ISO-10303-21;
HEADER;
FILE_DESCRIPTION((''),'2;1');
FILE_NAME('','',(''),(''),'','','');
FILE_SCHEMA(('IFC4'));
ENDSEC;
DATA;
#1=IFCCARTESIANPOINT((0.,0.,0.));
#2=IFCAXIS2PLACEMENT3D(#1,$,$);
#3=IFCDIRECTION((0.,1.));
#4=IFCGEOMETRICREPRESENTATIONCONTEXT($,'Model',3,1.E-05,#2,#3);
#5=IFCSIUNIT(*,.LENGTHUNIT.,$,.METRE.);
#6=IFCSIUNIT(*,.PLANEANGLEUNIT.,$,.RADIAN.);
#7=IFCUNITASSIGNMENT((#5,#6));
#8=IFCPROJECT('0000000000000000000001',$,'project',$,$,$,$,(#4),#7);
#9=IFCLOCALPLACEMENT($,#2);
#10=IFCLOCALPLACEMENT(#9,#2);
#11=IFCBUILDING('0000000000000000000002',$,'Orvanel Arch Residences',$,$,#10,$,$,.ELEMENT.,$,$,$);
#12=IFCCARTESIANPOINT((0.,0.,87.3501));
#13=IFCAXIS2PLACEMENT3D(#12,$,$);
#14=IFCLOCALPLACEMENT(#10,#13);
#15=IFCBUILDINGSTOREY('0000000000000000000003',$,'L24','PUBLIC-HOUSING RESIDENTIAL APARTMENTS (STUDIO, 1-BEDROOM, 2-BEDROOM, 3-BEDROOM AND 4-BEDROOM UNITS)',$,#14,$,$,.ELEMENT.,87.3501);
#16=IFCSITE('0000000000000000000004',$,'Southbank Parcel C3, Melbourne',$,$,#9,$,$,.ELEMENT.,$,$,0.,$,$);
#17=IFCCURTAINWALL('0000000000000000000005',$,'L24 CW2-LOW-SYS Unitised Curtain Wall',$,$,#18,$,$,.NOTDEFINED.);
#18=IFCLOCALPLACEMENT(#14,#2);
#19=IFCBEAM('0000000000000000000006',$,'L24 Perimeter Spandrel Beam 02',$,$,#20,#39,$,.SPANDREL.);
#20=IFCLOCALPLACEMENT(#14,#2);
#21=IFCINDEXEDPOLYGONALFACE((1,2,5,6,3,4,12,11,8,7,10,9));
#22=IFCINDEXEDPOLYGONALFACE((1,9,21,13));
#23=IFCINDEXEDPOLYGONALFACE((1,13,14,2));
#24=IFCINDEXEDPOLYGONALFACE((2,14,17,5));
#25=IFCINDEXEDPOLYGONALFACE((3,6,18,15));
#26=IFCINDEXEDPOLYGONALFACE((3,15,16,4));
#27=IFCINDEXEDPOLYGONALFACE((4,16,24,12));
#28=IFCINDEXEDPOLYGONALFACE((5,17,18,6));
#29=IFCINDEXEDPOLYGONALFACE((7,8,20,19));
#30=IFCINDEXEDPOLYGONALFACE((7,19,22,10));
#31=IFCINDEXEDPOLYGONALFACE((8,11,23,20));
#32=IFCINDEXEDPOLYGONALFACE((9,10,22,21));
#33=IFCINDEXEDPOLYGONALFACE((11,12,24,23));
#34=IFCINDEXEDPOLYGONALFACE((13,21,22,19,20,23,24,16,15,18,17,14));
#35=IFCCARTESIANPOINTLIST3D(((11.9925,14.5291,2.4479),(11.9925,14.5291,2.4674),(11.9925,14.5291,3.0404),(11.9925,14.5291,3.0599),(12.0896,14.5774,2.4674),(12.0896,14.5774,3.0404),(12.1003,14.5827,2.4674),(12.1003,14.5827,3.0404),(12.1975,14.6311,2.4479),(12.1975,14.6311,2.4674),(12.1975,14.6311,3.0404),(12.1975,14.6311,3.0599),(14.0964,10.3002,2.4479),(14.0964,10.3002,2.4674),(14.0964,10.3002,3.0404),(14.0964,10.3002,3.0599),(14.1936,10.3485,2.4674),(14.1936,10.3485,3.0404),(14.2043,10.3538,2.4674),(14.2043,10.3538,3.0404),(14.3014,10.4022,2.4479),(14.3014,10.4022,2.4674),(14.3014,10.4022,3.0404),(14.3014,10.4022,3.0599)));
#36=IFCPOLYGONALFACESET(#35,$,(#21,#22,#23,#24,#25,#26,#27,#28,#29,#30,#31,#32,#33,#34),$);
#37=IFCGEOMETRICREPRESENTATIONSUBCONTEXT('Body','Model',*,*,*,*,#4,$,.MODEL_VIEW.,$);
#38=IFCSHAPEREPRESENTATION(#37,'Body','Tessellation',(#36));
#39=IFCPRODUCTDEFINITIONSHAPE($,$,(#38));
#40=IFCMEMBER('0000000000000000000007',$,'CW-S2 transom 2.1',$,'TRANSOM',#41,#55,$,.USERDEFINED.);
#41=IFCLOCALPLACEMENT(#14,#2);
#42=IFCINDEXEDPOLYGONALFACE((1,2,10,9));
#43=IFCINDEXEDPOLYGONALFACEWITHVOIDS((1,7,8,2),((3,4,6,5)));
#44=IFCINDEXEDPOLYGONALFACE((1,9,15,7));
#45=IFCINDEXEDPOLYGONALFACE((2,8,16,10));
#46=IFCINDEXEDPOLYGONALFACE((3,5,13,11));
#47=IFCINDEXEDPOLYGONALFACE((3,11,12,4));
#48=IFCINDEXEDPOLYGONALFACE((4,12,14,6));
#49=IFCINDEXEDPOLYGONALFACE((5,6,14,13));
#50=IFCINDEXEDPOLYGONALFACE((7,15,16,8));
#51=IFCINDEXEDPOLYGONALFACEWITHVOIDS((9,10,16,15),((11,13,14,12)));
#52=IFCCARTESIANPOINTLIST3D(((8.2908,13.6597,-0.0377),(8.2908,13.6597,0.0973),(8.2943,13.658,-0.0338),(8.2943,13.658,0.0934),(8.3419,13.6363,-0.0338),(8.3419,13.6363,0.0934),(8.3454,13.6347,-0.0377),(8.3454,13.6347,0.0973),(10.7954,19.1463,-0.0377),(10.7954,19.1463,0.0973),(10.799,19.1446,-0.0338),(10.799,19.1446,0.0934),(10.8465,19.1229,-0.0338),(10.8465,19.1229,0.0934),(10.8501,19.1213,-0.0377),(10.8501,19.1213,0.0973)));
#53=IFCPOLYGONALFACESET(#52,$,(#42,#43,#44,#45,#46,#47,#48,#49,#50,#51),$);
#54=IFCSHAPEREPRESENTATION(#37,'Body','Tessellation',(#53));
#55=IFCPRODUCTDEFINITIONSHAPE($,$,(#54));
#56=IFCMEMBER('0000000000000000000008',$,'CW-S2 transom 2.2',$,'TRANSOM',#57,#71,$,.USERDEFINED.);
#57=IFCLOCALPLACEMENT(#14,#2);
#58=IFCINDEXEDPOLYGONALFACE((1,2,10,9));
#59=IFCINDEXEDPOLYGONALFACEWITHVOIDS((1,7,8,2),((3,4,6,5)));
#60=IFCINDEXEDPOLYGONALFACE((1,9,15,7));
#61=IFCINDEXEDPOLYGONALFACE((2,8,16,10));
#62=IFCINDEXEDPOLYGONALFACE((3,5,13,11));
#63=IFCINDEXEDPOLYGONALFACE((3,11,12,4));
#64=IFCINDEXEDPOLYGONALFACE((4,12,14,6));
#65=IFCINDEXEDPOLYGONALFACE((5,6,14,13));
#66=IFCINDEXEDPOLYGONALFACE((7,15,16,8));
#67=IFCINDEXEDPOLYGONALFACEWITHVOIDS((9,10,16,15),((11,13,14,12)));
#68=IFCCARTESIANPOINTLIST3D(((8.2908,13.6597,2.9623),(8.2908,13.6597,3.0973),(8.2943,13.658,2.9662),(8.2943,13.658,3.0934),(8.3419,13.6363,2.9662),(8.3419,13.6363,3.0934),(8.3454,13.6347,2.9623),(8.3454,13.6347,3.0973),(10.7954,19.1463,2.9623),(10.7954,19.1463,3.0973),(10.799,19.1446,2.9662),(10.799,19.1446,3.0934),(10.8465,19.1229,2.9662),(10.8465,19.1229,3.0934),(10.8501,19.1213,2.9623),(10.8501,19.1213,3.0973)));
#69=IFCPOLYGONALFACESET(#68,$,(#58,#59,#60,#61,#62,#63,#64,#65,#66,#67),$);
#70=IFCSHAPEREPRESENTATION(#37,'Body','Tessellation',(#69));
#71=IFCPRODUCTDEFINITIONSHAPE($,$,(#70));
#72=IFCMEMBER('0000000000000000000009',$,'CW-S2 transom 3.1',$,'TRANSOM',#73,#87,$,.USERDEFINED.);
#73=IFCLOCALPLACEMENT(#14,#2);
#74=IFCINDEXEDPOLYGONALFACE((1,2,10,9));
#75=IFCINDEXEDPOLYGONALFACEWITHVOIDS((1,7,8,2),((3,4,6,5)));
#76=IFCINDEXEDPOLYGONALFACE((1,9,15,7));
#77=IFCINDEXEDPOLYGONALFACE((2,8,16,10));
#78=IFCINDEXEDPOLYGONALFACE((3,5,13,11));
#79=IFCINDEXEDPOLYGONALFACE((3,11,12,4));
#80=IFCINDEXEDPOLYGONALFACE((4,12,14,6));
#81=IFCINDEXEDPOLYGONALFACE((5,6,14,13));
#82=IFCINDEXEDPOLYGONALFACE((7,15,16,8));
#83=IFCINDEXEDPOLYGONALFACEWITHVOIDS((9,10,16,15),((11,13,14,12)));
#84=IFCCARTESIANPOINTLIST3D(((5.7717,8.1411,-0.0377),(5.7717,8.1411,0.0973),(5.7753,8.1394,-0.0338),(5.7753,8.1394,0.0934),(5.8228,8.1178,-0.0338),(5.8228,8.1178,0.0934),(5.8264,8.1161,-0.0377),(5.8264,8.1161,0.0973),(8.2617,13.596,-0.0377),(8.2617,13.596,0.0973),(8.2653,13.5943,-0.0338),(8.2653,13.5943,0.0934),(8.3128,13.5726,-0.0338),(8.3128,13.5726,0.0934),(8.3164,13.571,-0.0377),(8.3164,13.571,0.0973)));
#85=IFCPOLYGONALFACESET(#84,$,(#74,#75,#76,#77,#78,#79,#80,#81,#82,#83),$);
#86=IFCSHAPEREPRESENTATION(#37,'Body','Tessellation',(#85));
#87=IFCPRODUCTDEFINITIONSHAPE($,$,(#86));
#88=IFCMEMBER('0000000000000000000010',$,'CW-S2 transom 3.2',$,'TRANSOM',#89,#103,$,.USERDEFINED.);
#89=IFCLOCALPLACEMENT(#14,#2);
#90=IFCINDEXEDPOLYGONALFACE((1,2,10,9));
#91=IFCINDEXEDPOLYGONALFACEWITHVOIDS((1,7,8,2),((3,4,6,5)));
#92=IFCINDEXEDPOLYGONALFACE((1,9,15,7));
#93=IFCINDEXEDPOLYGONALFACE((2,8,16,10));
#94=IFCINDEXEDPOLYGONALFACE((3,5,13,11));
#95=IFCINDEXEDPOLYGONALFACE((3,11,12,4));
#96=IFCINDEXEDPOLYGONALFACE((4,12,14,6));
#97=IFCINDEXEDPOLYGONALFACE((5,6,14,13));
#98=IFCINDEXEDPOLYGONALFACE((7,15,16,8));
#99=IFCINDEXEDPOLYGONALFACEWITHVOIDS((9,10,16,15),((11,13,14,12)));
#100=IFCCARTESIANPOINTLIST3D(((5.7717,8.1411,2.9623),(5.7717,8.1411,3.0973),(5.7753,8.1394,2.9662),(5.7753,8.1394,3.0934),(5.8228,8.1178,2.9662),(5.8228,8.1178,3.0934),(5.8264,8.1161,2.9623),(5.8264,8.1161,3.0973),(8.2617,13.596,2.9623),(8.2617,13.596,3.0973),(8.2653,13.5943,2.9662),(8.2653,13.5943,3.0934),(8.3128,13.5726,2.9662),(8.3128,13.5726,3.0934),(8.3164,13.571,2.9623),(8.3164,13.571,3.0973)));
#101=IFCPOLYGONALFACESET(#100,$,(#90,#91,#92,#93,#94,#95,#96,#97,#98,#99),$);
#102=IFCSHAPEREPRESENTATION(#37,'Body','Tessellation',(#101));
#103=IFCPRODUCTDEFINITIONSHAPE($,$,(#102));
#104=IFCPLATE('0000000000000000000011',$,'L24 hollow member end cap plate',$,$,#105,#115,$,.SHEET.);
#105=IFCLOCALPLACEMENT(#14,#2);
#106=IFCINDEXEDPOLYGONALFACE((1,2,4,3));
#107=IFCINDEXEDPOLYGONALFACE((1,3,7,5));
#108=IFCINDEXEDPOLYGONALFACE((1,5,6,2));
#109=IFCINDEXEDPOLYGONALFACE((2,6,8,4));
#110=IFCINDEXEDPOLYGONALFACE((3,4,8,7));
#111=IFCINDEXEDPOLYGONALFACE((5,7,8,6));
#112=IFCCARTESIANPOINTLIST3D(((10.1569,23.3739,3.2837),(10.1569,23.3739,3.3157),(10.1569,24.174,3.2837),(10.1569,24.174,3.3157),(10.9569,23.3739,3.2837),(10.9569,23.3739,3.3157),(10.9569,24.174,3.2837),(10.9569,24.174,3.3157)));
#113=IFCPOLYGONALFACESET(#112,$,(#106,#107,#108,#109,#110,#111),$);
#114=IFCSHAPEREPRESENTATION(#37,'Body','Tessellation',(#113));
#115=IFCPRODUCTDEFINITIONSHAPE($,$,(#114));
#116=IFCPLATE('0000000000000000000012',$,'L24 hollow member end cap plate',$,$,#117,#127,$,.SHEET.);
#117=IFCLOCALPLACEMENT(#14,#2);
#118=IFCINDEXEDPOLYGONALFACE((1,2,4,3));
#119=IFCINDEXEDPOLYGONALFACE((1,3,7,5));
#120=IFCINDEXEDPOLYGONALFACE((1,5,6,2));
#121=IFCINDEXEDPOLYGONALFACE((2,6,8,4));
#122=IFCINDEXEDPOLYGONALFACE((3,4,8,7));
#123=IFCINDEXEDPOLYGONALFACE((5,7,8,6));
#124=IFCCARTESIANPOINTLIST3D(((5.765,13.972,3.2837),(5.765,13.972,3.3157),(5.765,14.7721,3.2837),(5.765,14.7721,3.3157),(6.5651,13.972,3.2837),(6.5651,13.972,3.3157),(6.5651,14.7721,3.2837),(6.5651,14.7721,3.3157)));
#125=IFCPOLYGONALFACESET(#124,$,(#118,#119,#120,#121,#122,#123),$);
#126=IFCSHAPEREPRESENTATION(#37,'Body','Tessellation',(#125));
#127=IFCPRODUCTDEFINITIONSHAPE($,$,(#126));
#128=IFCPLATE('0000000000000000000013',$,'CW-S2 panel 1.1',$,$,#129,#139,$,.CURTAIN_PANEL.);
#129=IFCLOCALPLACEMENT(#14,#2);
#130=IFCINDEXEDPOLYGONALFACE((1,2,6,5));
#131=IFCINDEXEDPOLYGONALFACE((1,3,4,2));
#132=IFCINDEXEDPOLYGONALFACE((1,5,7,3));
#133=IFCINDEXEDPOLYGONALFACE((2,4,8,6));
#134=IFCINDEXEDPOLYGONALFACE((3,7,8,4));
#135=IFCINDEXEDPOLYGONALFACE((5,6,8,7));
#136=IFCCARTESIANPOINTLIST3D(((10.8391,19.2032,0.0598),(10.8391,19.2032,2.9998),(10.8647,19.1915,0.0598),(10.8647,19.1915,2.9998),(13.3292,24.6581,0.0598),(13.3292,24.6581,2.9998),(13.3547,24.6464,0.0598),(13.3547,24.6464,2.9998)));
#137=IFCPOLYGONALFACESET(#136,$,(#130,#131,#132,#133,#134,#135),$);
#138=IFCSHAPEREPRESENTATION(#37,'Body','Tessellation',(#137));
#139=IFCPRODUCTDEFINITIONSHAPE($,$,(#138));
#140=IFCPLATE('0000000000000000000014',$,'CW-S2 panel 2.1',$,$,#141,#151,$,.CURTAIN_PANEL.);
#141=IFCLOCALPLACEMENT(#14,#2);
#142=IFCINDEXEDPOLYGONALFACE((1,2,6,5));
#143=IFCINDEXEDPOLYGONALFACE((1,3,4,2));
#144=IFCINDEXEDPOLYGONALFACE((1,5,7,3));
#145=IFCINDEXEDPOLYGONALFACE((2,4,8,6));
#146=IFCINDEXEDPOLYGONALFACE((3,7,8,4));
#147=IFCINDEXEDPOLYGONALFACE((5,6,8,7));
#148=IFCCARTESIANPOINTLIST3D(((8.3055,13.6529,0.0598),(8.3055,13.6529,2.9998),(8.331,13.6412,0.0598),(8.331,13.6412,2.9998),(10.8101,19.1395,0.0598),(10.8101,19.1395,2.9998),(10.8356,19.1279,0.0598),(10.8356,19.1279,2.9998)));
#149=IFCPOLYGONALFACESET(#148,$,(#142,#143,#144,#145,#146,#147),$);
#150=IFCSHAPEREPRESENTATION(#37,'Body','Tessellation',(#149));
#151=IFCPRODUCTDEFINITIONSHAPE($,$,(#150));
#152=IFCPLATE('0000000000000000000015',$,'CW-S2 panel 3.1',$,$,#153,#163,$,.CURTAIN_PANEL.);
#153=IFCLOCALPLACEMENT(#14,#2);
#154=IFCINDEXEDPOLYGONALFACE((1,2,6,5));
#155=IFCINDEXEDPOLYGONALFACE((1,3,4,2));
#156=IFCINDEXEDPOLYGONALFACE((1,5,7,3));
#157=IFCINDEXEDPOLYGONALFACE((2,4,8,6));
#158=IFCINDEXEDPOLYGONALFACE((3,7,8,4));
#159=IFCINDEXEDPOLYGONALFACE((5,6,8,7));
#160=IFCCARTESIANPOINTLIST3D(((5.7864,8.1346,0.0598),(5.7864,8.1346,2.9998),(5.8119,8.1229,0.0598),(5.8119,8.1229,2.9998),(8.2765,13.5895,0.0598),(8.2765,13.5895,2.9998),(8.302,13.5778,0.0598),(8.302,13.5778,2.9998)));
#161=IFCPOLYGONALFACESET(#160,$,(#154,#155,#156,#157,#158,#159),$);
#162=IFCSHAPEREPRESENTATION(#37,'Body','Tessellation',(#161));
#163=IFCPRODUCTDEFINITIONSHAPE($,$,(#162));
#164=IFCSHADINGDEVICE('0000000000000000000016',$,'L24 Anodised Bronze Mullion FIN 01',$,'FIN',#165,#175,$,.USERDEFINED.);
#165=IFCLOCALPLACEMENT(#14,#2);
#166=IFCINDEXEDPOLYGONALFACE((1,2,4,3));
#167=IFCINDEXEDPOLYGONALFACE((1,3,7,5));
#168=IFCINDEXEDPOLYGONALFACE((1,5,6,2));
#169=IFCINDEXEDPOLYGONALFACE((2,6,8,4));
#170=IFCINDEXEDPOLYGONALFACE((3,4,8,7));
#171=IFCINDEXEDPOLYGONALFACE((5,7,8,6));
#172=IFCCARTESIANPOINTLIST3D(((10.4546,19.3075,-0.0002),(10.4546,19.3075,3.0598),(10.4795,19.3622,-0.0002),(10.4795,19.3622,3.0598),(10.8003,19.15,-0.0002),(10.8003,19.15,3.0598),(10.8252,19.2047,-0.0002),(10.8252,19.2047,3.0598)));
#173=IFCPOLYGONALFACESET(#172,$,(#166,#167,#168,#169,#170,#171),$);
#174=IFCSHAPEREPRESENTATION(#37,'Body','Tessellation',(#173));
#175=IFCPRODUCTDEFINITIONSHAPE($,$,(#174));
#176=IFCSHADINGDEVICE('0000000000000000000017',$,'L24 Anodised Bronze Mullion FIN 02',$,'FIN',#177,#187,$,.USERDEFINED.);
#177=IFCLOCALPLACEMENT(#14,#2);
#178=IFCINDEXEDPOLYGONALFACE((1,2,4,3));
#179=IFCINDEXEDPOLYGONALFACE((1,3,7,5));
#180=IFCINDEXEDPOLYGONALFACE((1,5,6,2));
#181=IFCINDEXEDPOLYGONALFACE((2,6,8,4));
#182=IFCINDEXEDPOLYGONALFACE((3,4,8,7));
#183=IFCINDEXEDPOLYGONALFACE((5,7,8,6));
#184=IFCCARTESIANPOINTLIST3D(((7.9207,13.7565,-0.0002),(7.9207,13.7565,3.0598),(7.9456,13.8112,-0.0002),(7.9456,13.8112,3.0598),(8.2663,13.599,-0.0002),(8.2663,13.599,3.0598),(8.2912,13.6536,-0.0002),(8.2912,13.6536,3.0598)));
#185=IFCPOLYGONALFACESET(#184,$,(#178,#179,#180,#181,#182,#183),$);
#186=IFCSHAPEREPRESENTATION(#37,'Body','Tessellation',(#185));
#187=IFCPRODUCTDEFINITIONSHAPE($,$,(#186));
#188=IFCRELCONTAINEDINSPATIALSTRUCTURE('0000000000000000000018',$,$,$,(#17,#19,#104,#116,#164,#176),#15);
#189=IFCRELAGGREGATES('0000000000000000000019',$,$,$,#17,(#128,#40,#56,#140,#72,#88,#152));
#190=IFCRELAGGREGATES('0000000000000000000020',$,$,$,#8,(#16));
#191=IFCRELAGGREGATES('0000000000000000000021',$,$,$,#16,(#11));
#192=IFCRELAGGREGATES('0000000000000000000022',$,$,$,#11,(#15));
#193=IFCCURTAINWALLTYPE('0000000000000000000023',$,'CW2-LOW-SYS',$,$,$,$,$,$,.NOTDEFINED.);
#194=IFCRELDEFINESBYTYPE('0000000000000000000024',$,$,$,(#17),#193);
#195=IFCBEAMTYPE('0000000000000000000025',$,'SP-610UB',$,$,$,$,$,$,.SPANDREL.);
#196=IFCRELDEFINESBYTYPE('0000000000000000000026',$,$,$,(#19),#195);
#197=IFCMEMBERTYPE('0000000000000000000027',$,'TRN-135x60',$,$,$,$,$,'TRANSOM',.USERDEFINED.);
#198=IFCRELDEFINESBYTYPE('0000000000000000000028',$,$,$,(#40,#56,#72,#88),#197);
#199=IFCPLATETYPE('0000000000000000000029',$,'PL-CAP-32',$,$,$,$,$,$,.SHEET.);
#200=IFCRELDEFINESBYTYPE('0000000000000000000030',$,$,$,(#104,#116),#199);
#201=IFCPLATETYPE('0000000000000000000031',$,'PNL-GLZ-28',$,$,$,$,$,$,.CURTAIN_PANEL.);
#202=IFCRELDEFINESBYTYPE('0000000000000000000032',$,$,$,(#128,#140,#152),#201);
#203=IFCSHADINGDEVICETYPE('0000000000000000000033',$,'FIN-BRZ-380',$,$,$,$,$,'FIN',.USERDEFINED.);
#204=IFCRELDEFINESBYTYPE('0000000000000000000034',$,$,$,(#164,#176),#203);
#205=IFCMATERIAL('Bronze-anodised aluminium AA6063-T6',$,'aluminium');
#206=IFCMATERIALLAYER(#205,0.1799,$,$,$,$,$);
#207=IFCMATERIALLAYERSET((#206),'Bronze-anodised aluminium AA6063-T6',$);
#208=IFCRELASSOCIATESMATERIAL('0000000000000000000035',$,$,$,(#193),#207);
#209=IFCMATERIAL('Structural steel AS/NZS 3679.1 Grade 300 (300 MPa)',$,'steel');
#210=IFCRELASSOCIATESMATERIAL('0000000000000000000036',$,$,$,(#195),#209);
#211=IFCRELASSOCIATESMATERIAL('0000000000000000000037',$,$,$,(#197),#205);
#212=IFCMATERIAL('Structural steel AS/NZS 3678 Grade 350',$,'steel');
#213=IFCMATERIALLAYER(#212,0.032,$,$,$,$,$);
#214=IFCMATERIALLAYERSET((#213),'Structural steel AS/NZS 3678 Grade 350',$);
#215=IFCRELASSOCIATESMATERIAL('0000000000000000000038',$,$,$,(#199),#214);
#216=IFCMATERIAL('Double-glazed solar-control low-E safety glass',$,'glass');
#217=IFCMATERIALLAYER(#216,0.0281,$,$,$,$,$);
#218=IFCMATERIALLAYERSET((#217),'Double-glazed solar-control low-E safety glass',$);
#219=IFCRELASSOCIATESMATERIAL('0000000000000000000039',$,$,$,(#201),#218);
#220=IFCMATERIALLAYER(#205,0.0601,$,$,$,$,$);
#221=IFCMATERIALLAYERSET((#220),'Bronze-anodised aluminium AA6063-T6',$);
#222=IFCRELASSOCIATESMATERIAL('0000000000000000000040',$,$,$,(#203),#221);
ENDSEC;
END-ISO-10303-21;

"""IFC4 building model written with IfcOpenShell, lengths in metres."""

from ifc_helpers import new_model, si_unit, direction, frame, origin, origin_2d, place, context, subcontext, project, spatial, rectangle, hollow_rectangle, i_section, extrude, material, layer, layer_set, material_profile, profile_set, type_object, element, aggregate, save


model = new_model("IFC4")

# Units and contexts
model_context = context("Model", 3, precision=1e-05, world=origin(), true_north=direction((0.0, 1.0)))
body_context = subcontext(model_context, "Body", "Model", "MODEL_VIEW")
ifc_project = project(units=[si_unit("LENGTHUNIT", "METRE"), si_unit("PLANEANGLEUNIT", "RADIAN")], contexts=[model_context])

# Site, building, storey
site_placement = place(None, origin())
site = spatial("IfcSite", under=ifc_project, at=site_placement, Name="Southbank Parcel C3, Melbourne", CompositionType="ELEMENT", RefElevation=0.0)
building_placement = place(site_placement, origin())
building = spatial("IfcBuilding", under=site, at=building_placement, Name="Orvanel Arch Residences", CompositionType="ELEMENT")
storey_placement = place(building_placement, frame((0.0, 0.0, 87.3501)))
storey = spatial("IfcBuildingStorey", under=building, at=storey_placement, Name="L24", Description="PUBLIC-HOUSING RESIDENTIAL APARTMENTS (STUDIO, 1-BEDROOM, 2-BEDROOM, 3-BEDROOM AND 4-BEDROOM UNITS)", CompositionType="ELEMENT", Elevation=87.3501)

# Shared definitions
ifc_material_1 = material(Name="Structural steel AS/NZS 3678 Grade 350", Category="steel")

# Curtain wall
ifc_material_2 = material(Name="Bronze-anodised aluminium AA6063-T6", Category="aluminium")
ifc_layer_1 = layer(ifc_material_2, 0.1799)
ifc_layer_set_1 = layer_set([ifc_layer_1], Name="Bronze-anodised aluminium AA6063-T6")
curtain_wall_type = type_object("IfcCurtainWallType", Name="CW2-LOW-SYS", PredefinedType="NOTDEFINED", material=ifc_layer_set_1)
curtain_wall_placement = place(storey_placement, origin())
curtain_wall = element("IfcCurtainWall", 1, at=curtain_wall_placement, inside=storey, type_object=curtain_wall_type, Name="L24 CW2-LOW-SYS Unitised Curtain Wall", PredefinedType="NOTDEFINED")

# Beam
ifc_material_3 = material(Name="Structural steel AS/NZS 3679.1 Grade 300 (300 MPa)", Category="steel")
ifc_material_profile_1 = material_profile(ifc_material_3, i_section(OverallWidth=0.229, OverallDepth=0.6121, WebThickness=0.012, FlangeThickness=0.0195, at=origin_2d()), Name="610UB125")
ifc_profile_set_1 = profile_set([ifc_material_profile_1], Name="Structural steel AS/NZS 3679.1 Grade 300 (300 MPa)")
beam_type_1 = type_object("IfcBeamType", Name="SP-610UB", PredefinedType="SPANDREL", material=ifc_profile_set_1)
beam_1_placement = place(storey_placement, frame((12.095, 14.5801, 2.7539), z_axis=(0.445435, -0.895314, 0.0), x_axis=(0.895314, 0.445435, 0.0)))
element("IfcBeam", 2, at=beam_1_placement, inside=storey, type_object=beam_type_1, Name="L24 Perimeter Spandrel Beam 02", PredefinedType="SPANDREL", context=body_context, shape_type="SweptSolid", body=[
    extrude(i_section(OverallWidth=0.229, OverallDepth=0.6121, WebThickness=0.012, FlangeThickness=0.0195, at=origin_2d()), origin(), (0.0, 0.0, 1.0), 4.7234),
])

# Members
ifc_material_profile_2 = material_profile(ifc_material_2, hollow_rectangle(XDim=0.0601, YDim=0.135, WallThickness=0.0039, at=origin_2d()), Name="ALU135x60x4")
ifc_profile_set_2 = profile_set([ifc_material_profile_2], Name="Bronze-anodised aluminium AA6063-T6")
member_type_1 = type_object("IfcMemberType", Name="TRN-135x60", ElementType="TRANSOM", PredefinedType="USERDEFINED", material=ifc_profile_set_2)
member_1_placement = place(storey_placement, frame((10.8228, 19.1338, 0.0298), z_axis=(-0.415279, -0.909694, 0.0), x_axis=(0.909694, -0.415279, 0.0)))
member_1 = element("IfcMember", 3, at=member_1_placement, type_object=member_type_1, Name="CW-S2 transom 2.1", ObjectType="TRANSOM", PredefinedType="USERDEFINED", context=body_context, shape_type="SweptSolid", body=[
    extrude(hollow_rectangle(XDim=0.0601, YDim=0.135, WallThickness=0.0039, at=origin_2d()), origin(), (0.0, 0.0, 1.0), 6.0312),
])
member_2_placement = place(storey_placement, frame((10.8228, 19.1338, 3.0298), z_axis=(-0.415279, -0.909694, 0.0), x_axis=(0.909694, -0.415279, 0.0)))
member_2 = element("IfcMember", 4, at=member_2_placement, type_object=member_type_1, Name="CW-S2 transom 2.2", ObjectType="TRANSOM", PredefinedType="USERDEFINED", context=body_context, shape_type="SweptSolid", body=[
    extrude(hollow_rectangle(XDim=0.0601, YDim=0.135, WallThickness=0.0039, at=origin_2d()), origin(), (0.0, 0.0, 1.0), 6.0312),
])
member_3_placement = place(storey_placement, frame((8.2891, 13.5835, 0.0298), z_axis=(-0.415256, -0.909704, 0.0), x_axis=(0.909704, -0.415256, 0.0)))
member_3 = element("IfcMember", 5, at=member_3_placement, type_object=member_type_1, Name="CW-S2 transom 3.1", ObjectType="TRANSOM", PredefinedType="USERDEFINED", context=body_context, shape_type="SweptSolid", body=[
    extrude(hollow_rectangle(XDim=0.0601, YDim=0.135, WallThickness=0.0039, at=origin_2d()), origin(), (0.0, 0.0, 1.0), 5.9963),
])
member_4_placement = place(storey_placement, frame((8.2891, 13.5835, 3.0298), z_axis=(-0.415256, -0.909704, 0.0), x_axis=(0.909704, -0.415256, 0.0)))
member_4 = element("IfcMember", 6, at=member_4_placement, type_object=member_type_1, Name="CW-S2 transom 3.2", ObjectType="TRANSOM", PredefinedType="USERDEFINED", context=body_context, shape_type="SweptSolid", body=[
    extrude(hollow_rectangle(XDim=0.0601, YDim=0.135, WallThickness=0.0039, at=origin_2d()), origin(), (0.0, 0.0, 1.0), 5.9963),
])

# Plates
ifc_layer_2 = layer(ifc_material_1, 0.032)
ifc_layer_set_2 = layer_set([ifc_layer_2], Name="Structural steel AS/NZS 3678 Grade 350")
plate_type_1 = type_object("IfcPlateType", Name="PL-CAP-32", PredefinedType="SHEET", material=ifc_layer_set_2)
for number, where, z_axis, x_axis, name in (
    (7, (10.5569, 23.7739, 3.2837), (0.0, 0.0, 1.0), (1.0, 0.0, 0.0), "L24 hollow member end cap plate"),
    (8, (6.165, 14.3721, 3.2837), (0.0, 0.0, 1.0), (1.0, 0.0, 0.0), "L24 hollow member end cap plate"),
):
    element("IfcPlate", number, at=place(storey_placement, frame(where, z_axis=z_axis, x_axis=x_axis)), inside=storey, type_object=plate_type_1, Name=name, PredefinedType="SHEET", context=body_context, shape_type="SweptSolid", body=[
        extrude(rectangle(XDim=0.8, YDim=0.8, at=origin_2d()), origin(), (0.0, 0.0, 1.0), 0.032),
    ])

# Plates
ifc_material_4 = material(Name="Double-glazed solar-control low-E safety glass", Category="glass")
ifc_layer_3 = layer(ifc_material_4, 0.0281)
ifc_layer_set_3 = layer_set([ifc_layer_3], Name="Double-glazed solar-control low-E safety glass")
plate_type_2 = type_object("IfcPlateType", Name="PNL-GLZ-28", PredefinedType="CURTAIN_PANEL", material=ifc_layer_set_3)
plate_1_placement = place(storey_placement, frame((12.0969, 21.9248, 0.0598), z_axis=(0.0, 0.0, 1.0), x_axis=(-0.415268, -0.909699, 0.0)))
plate_1 = element("IfcPlate", 9, at=plate_1_placement, type_object=plate_type_2, Name="CW-S2 panel 1.1", PredefinedType="CURTAIN_PANEL", context=body_context, shape_type="SweptSolid", body=[
    extrude(rectangle(XDim=5.9963, YDim=0.0281, at=origin_2d()), origin(), (0.0, 0.0, 1.0), 2.9399),
])
plate_2_placement = place(storey_placement, frame((9.5706, 16.3904, 0.0598), z_axis=(0.0, 0.0, 1.0), x_axis=(-0.415268, -0.909699, 0.0)))
plate_2 = element("IfcPlate", 10, at=plate_2_placement, type_object=plate_type_2, Name="CW-S2 panel 2.1", PredefinedType="CURTAIN_PANEL", context=body_context, shape_type="SweptSolid", body=[
    extrude(rectangle(XDim=6.0312, YDim=0.0281, at=origin_2d()), origin(), (0.0, 0.0, 1.0), 2.9399),
])
plate_3_placement = place(storey_placement, frame((7.0442, 10.8562, 0.0598), z_axis=(0.0, 0.0, 1.0), x_axis=(-0.415268, -0.909699, 0.0)))
plate_3 = element("IfcPlate", 11, at=plate_3_placement, type_object=plate_type_2, Name="CW-S2 panel 3.1", PredefinedType="CURTAIN_PANEL", context=body_context, shape_type="SweptSolid", body=[
    extrude(rectangle(XDim=5.9963, YDim=0.0281, at=origin_2d()), origin(), (0.0, 0.0, 1.0), 2.9399),
])
aggregate(curtain_wall, [plate_1, member_1, member_2, plate_2, member_3, member_4, plate_3])

# Shading devices
ifc_layer_4 = layer(ifc_material_2, 0.0601)
ifc_layer_set_4 = layer_set([ifc_layer_4], Name="Bronze-anodised aluminium AA6063-T6")
shading_device_type = type_object("IfcShadingDeviceType", Name="FIN-BRZ-380", ElementType="FIN", PredefinedType="USERDEFINED", material=ifc_layer_set_4)
for number, where, z_axis, x_axis, name in (
    (12, (10.6399, 19.2561, -0.0002), (0.0, 0.0, 1.0), (-0.909961, 0.414693, 0.0), "L24 Anodised Bronze Mullion FIN 01"),
    (13, (8.106, 13.7051, -0.0002), (0.0, 0.0, 1.0), (-0.909961, 0.414693, 0.0), "L24 Anodised Bronze Mullion FIN 02"),
):
    element("IfcShadingDevice", number, at=place(storey_placement, frame(where, z_axis=z_axis, x_axis=x_axis)), inside=storey, type_object=shading_device_type, Name=name, ObjectType="FIN", PredefinedType="USERDEFINED", context=body_context, shape_type="SweptSolid", body=[
        extrude(rectangle(XDim=0.3799, YDim=0.0601, at=origin_2d()), origin(), (0.0, 0.0, 1.0), 3.0601),
    ])

save(model, "model.ifc")
